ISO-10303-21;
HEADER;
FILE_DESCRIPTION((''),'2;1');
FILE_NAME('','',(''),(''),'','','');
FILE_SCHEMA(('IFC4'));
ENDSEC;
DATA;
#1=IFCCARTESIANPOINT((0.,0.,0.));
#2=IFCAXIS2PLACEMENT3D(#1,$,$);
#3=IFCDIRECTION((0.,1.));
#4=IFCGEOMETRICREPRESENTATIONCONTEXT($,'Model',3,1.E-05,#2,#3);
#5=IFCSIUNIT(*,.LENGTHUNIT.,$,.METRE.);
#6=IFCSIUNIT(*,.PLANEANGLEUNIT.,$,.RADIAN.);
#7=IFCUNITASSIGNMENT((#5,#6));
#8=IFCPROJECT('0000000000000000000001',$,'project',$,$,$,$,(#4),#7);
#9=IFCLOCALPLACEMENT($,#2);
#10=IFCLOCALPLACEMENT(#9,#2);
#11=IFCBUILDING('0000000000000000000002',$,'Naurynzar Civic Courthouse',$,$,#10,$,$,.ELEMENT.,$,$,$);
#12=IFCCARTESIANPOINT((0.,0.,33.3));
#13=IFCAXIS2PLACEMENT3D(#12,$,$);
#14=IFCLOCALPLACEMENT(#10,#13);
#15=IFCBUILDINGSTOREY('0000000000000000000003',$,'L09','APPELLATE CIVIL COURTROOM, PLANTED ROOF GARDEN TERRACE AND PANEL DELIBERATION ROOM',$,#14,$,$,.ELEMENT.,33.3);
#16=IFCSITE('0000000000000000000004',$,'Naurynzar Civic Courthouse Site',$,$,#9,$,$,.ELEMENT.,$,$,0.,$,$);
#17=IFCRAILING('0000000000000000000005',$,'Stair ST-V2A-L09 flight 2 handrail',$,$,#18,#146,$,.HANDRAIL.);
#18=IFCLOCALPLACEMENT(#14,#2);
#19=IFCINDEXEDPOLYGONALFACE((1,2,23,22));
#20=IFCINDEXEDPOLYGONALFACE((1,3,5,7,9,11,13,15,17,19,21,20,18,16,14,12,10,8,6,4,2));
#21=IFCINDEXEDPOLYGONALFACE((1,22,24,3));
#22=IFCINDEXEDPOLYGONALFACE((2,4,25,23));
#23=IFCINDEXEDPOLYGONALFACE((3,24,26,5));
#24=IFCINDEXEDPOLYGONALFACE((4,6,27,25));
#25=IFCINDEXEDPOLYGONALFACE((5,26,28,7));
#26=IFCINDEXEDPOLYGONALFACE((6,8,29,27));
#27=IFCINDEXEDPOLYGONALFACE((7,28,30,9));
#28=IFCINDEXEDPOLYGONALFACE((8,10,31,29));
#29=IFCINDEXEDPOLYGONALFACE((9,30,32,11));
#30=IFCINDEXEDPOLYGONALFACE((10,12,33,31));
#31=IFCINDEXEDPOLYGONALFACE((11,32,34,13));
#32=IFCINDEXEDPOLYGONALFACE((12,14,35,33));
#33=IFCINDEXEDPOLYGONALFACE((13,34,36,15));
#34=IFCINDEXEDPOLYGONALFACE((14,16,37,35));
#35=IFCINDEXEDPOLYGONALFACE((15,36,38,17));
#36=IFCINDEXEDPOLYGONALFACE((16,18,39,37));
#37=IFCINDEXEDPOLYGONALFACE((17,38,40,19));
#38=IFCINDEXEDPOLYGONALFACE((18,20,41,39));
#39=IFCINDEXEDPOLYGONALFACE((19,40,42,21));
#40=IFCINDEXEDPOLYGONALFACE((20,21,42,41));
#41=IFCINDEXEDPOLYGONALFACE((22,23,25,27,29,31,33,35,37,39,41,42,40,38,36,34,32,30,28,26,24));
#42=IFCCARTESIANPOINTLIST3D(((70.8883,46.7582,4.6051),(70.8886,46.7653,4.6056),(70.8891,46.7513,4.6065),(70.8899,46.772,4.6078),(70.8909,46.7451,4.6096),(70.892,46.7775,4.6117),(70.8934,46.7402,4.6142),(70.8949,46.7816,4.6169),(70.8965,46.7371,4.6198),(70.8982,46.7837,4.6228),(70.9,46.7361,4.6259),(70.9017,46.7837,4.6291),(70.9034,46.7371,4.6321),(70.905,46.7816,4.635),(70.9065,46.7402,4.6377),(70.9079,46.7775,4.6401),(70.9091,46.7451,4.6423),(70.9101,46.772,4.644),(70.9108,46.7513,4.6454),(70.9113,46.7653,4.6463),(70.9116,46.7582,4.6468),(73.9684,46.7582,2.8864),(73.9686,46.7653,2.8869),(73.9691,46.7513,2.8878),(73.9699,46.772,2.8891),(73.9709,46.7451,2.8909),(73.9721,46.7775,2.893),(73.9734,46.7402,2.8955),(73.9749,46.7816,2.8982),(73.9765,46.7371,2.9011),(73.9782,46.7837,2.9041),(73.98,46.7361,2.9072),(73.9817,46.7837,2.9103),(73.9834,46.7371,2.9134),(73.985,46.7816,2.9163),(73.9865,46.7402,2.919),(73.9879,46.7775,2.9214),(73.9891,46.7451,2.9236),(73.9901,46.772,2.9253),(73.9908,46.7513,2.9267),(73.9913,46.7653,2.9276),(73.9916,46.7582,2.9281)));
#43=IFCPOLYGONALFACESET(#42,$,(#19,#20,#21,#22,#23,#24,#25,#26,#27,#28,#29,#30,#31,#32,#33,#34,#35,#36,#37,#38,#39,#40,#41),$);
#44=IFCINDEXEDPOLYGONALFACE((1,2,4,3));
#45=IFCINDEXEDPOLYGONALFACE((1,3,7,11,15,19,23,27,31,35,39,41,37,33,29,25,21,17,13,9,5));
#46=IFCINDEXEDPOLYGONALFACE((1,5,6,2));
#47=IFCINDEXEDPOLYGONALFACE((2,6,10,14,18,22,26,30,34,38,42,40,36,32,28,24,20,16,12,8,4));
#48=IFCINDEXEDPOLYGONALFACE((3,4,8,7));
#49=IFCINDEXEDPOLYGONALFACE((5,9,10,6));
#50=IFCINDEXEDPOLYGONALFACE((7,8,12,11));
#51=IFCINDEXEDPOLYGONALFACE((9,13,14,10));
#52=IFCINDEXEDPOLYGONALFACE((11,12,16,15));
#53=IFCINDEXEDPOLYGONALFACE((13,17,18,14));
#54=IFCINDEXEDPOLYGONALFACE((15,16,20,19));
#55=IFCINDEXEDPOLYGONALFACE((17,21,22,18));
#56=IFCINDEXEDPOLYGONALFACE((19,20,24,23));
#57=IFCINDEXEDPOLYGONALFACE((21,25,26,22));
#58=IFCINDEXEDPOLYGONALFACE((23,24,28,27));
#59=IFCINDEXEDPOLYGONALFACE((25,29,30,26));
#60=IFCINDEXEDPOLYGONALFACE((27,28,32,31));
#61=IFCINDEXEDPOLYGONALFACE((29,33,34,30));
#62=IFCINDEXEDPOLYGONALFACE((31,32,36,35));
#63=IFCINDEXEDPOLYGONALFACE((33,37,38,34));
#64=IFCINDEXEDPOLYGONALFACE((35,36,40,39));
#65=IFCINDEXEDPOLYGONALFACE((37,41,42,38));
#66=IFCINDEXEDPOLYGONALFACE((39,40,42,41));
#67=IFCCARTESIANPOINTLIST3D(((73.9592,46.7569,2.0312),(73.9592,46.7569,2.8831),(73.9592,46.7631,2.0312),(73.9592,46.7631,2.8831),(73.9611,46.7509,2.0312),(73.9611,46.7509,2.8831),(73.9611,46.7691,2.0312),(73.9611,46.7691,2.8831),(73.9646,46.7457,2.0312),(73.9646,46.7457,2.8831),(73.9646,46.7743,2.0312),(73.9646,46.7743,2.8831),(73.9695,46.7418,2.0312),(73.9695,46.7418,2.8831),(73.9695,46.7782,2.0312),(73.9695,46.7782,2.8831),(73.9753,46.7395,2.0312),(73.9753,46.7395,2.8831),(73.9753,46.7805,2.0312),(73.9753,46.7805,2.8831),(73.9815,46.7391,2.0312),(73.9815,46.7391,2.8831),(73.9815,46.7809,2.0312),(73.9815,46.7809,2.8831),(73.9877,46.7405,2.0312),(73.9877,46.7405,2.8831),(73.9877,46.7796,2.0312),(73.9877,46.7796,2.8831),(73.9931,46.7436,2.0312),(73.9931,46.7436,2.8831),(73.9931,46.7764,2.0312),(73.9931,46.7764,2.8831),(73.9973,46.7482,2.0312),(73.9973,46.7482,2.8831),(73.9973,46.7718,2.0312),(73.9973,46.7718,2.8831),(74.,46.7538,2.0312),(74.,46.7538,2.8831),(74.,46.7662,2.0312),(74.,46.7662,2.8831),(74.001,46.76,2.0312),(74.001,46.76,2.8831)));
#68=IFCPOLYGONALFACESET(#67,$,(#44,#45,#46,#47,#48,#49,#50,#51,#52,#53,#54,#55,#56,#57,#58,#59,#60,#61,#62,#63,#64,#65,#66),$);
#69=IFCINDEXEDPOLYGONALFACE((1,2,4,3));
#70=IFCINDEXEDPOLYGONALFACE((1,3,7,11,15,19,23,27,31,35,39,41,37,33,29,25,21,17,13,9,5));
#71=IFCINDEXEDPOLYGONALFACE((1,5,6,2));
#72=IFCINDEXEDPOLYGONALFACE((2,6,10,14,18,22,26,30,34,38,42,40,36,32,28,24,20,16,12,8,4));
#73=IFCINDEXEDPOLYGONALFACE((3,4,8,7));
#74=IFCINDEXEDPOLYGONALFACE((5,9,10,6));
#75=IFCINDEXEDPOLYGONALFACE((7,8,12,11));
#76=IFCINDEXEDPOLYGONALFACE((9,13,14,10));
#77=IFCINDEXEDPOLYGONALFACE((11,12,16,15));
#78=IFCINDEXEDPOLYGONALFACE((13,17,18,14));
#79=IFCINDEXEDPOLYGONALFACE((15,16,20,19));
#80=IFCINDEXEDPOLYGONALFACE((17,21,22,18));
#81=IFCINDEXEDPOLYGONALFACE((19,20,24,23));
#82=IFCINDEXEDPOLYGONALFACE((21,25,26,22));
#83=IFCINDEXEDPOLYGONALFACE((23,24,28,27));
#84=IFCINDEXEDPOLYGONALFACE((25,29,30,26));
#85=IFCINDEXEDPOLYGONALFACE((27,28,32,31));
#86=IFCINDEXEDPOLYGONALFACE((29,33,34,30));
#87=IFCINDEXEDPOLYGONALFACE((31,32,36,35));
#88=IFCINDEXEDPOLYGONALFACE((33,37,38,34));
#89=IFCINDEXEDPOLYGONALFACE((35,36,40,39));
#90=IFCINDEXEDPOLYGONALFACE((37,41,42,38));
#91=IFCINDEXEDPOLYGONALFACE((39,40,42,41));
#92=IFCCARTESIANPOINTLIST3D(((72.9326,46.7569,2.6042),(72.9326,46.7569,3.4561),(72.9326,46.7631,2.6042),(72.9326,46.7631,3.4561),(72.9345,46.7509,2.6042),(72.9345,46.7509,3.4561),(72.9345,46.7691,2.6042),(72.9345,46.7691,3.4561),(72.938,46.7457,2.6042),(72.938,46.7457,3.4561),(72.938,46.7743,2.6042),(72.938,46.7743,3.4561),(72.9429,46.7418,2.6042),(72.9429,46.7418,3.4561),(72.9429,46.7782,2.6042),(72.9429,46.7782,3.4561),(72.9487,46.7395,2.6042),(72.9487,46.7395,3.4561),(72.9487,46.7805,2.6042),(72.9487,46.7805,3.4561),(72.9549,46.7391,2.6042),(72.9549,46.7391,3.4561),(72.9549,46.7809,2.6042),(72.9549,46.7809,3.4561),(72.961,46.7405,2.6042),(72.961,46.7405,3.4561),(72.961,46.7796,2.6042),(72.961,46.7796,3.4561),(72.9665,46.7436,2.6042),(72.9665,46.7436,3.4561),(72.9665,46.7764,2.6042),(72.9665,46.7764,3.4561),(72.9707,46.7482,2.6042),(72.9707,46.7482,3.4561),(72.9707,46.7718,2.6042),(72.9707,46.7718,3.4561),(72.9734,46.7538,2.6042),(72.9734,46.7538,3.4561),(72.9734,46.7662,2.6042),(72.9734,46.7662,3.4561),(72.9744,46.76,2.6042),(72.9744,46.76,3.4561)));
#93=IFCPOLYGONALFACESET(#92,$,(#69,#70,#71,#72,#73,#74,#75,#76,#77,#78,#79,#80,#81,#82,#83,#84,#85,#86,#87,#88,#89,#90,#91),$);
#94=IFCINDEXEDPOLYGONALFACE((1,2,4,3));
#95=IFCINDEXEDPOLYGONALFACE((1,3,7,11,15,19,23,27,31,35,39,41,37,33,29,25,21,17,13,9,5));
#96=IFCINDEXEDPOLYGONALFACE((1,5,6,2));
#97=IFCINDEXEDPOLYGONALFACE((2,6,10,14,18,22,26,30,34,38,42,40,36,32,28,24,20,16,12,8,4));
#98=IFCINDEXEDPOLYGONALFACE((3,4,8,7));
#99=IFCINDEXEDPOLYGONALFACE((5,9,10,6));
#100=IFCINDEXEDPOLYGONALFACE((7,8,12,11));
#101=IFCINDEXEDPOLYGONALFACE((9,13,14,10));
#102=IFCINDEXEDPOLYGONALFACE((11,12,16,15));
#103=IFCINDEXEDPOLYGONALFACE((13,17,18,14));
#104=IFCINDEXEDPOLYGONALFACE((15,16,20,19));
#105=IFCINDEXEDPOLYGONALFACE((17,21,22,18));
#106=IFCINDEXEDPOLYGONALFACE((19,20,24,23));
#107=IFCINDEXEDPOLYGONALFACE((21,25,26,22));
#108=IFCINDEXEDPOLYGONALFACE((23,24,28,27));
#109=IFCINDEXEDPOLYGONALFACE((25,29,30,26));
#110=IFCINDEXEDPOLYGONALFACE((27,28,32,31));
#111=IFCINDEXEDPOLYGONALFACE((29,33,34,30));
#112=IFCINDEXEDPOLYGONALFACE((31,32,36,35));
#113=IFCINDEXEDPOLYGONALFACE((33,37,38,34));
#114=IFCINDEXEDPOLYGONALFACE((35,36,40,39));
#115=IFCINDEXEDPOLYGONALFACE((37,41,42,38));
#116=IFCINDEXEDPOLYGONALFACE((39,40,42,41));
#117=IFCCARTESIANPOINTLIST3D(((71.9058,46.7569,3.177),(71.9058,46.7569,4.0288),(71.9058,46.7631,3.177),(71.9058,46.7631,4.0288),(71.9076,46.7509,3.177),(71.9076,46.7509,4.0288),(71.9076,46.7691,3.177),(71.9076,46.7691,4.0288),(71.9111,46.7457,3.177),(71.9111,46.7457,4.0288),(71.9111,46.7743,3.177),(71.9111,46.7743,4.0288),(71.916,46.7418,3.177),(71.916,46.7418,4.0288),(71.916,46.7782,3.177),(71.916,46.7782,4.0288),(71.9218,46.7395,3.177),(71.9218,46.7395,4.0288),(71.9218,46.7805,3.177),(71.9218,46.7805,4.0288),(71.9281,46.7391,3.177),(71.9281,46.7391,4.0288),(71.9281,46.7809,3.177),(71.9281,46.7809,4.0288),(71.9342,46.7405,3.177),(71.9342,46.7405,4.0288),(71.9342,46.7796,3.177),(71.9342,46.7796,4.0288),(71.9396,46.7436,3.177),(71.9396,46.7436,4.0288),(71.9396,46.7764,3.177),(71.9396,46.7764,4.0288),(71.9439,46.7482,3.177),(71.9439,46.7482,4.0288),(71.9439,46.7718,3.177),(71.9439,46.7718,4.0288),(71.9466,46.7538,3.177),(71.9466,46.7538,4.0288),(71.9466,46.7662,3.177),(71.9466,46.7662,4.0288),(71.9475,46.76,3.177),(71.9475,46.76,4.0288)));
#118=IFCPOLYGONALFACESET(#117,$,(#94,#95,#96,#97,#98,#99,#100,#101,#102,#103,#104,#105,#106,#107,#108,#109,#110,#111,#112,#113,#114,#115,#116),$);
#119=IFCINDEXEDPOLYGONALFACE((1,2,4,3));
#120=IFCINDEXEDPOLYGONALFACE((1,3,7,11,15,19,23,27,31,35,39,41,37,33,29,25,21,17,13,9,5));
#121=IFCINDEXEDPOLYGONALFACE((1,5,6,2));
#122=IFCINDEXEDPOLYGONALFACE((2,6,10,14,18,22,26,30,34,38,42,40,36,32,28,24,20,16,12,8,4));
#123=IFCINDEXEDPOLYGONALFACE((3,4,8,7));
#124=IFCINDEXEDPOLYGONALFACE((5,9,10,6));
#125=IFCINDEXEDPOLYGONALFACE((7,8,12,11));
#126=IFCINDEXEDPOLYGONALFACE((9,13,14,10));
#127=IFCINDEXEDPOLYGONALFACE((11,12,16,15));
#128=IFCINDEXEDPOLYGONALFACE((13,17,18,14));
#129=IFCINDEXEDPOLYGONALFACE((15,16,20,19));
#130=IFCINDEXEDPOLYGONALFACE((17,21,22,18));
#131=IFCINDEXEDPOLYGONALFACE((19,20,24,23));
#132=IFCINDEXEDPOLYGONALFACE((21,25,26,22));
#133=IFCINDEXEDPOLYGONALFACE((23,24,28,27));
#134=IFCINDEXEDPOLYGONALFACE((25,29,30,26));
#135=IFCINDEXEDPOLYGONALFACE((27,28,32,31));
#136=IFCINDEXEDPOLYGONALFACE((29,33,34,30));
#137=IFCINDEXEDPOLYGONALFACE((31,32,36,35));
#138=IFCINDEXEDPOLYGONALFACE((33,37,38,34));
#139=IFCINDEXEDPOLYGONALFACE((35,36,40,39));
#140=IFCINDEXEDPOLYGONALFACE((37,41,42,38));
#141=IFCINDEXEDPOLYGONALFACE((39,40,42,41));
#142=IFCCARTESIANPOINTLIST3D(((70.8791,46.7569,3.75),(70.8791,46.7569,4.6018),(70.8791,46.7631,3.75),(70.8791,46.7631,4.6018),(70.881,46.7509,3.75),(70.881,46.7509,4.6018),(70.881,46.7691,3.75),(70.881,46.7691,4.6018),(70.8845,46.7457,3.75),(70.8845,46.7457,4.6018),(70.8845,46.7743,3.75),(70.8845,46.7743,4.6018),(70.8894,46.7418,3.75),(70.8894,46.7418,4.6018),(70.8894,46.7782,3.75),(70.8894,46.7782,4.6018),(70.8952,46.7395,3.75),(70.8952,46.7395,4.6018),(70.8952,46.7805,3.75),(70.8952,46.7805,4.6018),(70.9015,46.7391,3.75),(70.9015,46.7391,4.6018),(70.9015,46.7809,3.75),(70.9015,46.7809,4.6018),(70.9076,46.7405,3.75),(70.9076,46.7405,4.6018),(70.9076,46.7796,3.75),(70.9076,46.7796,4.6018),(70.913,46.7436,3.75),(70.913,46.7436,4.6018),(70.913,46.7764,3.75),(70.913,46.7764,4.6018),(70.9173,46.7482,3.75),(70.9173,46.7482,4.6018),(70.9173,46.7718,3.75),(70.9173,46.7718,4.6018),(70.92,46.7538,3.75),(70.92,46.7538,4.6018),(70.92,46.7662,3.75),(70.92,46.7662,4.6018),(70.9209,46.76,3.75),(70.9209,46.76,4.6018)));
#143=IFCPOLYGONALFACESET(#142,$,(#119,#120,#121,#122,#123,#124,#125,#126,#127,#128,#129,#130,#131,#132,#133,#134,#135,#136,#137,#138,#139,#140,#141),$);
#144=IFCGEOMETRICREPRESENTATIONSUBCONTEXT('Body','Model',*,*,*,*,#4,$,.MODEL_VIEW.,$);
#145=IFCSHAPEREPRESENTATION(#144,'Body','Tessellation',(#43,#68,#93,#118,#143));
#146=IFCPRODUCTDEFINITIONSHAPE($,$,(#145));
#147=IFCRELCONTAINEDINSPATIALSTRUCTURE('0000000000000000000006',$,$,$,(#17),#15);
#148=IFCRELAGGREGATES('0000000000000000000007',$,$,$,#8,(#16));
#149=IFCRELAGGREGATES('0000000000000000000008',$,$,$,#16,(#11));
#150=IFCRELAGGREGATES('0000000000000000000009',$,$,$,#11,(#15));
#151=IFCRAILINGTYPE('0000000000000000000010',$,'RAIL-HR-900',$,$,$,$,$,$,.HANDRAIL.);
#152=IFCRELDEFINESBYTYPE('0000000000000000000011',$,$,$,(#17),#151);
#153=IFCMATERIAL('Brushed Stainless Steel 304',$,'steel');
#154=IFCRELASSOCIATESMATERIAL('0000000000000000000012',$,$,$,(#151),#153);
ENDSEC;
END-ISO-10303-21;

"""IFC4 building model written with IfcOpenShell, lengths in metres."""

from ifc_helpers import new_model, si_unit, direction, frame, origin, origin_2d, place, context, subcontext, project, spatial, circle, extrude, material, type_object, element, save


model = new_model("IFC4")

# Units and contexts
model_context = context("Model", 3, precision=1e-05, world=origin(), true_north=direction((0.0, 1.0)))
body_context = subcontext(model_context, "Body", "Model", "MODEL_VIEW")
ifc_project = project(units=[si_unit("LENGTHUNIT", "METRE"), si_unit("PLANEANGLEUNIT", "RADIAN")], contexts=[model_context])

# Site, building, storey
site_placement = place(None, origin())
site = spatial("IfcSite", under=ifc_project, at=site_placement, Name="Naurynzar Civic Courthouse Site", CompositionType="ELEMENT", RefElevation=0.0)
building_placement = place(site_placement, origin())
building = spatial("IfcBuilding", under=site, at=building_placement, Name="Naurynzar Civic Courthouse", CompositionType="ELEMENT")
storey_placement = place(building_placement, frame((0.0, 0.0, 33.3)))
storey = spatial("IfcBuildingStorey", under=building, at=storey_placement, Name="L09", Description="APPELLATE CIVIL COURTROOM, PLANTED ROOF GARDEN TERRACE AND PANEL DELIBERATION ROOM", CompositionType="ELEMENT", Elevation=33.3)

# Railing
ifc_material_1 = material(Name="Brushed Stainless Steel 304", Category="steel")
railing_type_1 = type_object("IfcRailingType", Name="RAIL-HR-900", PredefinedType="HANDRAIL", material=ifc_material_1)
railing_1_placement = place(storey_placement, frame((73.98, 46.76, 2.0312)))
element("IfcRailing", 1, at=railing_1_placement, inside=storey, type_object=railing_type_1, Name="Stair ST-V2A-L09 flight 2 handrail", PredefinedType="HANDRAIL", context=body_context, shape_type="SweptSolid", body=[
    extrude(circle(Radius=0.0239, at=origin_2d()), frame((0.0, 0.0, 0.876), z_axis=(-0.873242, 0.0, 0.487288), x_axis=(0.0, -1.0, 0.0)), (0.0, 0.0, 1.0), 3.5271),
    extrude(circle(Radius=0.021, at=origin_2d()), origin(), (0.0, 0.0, 1.0), 0.8518),
    extrude(circle(Radius=0.021, at=origin_2d()), frame((-1.0266, 0.0, 0.573)), (0.0, 0.0, 1.0), 0.8518),
    extrude(circle(Radius=0.021, at=origin_2d()), frame((-2.0535, 0.0, 1.1458)), (0.0, 0.0, 1.0), 0.8518),
    extrude(circle(Radius=0.021, at=origin_2d()), frame((-3.0801, 0.0, 1.7188)), (0.0, 0.0, 1.0), 0.8518),
])

save(model, "model.ifc")
